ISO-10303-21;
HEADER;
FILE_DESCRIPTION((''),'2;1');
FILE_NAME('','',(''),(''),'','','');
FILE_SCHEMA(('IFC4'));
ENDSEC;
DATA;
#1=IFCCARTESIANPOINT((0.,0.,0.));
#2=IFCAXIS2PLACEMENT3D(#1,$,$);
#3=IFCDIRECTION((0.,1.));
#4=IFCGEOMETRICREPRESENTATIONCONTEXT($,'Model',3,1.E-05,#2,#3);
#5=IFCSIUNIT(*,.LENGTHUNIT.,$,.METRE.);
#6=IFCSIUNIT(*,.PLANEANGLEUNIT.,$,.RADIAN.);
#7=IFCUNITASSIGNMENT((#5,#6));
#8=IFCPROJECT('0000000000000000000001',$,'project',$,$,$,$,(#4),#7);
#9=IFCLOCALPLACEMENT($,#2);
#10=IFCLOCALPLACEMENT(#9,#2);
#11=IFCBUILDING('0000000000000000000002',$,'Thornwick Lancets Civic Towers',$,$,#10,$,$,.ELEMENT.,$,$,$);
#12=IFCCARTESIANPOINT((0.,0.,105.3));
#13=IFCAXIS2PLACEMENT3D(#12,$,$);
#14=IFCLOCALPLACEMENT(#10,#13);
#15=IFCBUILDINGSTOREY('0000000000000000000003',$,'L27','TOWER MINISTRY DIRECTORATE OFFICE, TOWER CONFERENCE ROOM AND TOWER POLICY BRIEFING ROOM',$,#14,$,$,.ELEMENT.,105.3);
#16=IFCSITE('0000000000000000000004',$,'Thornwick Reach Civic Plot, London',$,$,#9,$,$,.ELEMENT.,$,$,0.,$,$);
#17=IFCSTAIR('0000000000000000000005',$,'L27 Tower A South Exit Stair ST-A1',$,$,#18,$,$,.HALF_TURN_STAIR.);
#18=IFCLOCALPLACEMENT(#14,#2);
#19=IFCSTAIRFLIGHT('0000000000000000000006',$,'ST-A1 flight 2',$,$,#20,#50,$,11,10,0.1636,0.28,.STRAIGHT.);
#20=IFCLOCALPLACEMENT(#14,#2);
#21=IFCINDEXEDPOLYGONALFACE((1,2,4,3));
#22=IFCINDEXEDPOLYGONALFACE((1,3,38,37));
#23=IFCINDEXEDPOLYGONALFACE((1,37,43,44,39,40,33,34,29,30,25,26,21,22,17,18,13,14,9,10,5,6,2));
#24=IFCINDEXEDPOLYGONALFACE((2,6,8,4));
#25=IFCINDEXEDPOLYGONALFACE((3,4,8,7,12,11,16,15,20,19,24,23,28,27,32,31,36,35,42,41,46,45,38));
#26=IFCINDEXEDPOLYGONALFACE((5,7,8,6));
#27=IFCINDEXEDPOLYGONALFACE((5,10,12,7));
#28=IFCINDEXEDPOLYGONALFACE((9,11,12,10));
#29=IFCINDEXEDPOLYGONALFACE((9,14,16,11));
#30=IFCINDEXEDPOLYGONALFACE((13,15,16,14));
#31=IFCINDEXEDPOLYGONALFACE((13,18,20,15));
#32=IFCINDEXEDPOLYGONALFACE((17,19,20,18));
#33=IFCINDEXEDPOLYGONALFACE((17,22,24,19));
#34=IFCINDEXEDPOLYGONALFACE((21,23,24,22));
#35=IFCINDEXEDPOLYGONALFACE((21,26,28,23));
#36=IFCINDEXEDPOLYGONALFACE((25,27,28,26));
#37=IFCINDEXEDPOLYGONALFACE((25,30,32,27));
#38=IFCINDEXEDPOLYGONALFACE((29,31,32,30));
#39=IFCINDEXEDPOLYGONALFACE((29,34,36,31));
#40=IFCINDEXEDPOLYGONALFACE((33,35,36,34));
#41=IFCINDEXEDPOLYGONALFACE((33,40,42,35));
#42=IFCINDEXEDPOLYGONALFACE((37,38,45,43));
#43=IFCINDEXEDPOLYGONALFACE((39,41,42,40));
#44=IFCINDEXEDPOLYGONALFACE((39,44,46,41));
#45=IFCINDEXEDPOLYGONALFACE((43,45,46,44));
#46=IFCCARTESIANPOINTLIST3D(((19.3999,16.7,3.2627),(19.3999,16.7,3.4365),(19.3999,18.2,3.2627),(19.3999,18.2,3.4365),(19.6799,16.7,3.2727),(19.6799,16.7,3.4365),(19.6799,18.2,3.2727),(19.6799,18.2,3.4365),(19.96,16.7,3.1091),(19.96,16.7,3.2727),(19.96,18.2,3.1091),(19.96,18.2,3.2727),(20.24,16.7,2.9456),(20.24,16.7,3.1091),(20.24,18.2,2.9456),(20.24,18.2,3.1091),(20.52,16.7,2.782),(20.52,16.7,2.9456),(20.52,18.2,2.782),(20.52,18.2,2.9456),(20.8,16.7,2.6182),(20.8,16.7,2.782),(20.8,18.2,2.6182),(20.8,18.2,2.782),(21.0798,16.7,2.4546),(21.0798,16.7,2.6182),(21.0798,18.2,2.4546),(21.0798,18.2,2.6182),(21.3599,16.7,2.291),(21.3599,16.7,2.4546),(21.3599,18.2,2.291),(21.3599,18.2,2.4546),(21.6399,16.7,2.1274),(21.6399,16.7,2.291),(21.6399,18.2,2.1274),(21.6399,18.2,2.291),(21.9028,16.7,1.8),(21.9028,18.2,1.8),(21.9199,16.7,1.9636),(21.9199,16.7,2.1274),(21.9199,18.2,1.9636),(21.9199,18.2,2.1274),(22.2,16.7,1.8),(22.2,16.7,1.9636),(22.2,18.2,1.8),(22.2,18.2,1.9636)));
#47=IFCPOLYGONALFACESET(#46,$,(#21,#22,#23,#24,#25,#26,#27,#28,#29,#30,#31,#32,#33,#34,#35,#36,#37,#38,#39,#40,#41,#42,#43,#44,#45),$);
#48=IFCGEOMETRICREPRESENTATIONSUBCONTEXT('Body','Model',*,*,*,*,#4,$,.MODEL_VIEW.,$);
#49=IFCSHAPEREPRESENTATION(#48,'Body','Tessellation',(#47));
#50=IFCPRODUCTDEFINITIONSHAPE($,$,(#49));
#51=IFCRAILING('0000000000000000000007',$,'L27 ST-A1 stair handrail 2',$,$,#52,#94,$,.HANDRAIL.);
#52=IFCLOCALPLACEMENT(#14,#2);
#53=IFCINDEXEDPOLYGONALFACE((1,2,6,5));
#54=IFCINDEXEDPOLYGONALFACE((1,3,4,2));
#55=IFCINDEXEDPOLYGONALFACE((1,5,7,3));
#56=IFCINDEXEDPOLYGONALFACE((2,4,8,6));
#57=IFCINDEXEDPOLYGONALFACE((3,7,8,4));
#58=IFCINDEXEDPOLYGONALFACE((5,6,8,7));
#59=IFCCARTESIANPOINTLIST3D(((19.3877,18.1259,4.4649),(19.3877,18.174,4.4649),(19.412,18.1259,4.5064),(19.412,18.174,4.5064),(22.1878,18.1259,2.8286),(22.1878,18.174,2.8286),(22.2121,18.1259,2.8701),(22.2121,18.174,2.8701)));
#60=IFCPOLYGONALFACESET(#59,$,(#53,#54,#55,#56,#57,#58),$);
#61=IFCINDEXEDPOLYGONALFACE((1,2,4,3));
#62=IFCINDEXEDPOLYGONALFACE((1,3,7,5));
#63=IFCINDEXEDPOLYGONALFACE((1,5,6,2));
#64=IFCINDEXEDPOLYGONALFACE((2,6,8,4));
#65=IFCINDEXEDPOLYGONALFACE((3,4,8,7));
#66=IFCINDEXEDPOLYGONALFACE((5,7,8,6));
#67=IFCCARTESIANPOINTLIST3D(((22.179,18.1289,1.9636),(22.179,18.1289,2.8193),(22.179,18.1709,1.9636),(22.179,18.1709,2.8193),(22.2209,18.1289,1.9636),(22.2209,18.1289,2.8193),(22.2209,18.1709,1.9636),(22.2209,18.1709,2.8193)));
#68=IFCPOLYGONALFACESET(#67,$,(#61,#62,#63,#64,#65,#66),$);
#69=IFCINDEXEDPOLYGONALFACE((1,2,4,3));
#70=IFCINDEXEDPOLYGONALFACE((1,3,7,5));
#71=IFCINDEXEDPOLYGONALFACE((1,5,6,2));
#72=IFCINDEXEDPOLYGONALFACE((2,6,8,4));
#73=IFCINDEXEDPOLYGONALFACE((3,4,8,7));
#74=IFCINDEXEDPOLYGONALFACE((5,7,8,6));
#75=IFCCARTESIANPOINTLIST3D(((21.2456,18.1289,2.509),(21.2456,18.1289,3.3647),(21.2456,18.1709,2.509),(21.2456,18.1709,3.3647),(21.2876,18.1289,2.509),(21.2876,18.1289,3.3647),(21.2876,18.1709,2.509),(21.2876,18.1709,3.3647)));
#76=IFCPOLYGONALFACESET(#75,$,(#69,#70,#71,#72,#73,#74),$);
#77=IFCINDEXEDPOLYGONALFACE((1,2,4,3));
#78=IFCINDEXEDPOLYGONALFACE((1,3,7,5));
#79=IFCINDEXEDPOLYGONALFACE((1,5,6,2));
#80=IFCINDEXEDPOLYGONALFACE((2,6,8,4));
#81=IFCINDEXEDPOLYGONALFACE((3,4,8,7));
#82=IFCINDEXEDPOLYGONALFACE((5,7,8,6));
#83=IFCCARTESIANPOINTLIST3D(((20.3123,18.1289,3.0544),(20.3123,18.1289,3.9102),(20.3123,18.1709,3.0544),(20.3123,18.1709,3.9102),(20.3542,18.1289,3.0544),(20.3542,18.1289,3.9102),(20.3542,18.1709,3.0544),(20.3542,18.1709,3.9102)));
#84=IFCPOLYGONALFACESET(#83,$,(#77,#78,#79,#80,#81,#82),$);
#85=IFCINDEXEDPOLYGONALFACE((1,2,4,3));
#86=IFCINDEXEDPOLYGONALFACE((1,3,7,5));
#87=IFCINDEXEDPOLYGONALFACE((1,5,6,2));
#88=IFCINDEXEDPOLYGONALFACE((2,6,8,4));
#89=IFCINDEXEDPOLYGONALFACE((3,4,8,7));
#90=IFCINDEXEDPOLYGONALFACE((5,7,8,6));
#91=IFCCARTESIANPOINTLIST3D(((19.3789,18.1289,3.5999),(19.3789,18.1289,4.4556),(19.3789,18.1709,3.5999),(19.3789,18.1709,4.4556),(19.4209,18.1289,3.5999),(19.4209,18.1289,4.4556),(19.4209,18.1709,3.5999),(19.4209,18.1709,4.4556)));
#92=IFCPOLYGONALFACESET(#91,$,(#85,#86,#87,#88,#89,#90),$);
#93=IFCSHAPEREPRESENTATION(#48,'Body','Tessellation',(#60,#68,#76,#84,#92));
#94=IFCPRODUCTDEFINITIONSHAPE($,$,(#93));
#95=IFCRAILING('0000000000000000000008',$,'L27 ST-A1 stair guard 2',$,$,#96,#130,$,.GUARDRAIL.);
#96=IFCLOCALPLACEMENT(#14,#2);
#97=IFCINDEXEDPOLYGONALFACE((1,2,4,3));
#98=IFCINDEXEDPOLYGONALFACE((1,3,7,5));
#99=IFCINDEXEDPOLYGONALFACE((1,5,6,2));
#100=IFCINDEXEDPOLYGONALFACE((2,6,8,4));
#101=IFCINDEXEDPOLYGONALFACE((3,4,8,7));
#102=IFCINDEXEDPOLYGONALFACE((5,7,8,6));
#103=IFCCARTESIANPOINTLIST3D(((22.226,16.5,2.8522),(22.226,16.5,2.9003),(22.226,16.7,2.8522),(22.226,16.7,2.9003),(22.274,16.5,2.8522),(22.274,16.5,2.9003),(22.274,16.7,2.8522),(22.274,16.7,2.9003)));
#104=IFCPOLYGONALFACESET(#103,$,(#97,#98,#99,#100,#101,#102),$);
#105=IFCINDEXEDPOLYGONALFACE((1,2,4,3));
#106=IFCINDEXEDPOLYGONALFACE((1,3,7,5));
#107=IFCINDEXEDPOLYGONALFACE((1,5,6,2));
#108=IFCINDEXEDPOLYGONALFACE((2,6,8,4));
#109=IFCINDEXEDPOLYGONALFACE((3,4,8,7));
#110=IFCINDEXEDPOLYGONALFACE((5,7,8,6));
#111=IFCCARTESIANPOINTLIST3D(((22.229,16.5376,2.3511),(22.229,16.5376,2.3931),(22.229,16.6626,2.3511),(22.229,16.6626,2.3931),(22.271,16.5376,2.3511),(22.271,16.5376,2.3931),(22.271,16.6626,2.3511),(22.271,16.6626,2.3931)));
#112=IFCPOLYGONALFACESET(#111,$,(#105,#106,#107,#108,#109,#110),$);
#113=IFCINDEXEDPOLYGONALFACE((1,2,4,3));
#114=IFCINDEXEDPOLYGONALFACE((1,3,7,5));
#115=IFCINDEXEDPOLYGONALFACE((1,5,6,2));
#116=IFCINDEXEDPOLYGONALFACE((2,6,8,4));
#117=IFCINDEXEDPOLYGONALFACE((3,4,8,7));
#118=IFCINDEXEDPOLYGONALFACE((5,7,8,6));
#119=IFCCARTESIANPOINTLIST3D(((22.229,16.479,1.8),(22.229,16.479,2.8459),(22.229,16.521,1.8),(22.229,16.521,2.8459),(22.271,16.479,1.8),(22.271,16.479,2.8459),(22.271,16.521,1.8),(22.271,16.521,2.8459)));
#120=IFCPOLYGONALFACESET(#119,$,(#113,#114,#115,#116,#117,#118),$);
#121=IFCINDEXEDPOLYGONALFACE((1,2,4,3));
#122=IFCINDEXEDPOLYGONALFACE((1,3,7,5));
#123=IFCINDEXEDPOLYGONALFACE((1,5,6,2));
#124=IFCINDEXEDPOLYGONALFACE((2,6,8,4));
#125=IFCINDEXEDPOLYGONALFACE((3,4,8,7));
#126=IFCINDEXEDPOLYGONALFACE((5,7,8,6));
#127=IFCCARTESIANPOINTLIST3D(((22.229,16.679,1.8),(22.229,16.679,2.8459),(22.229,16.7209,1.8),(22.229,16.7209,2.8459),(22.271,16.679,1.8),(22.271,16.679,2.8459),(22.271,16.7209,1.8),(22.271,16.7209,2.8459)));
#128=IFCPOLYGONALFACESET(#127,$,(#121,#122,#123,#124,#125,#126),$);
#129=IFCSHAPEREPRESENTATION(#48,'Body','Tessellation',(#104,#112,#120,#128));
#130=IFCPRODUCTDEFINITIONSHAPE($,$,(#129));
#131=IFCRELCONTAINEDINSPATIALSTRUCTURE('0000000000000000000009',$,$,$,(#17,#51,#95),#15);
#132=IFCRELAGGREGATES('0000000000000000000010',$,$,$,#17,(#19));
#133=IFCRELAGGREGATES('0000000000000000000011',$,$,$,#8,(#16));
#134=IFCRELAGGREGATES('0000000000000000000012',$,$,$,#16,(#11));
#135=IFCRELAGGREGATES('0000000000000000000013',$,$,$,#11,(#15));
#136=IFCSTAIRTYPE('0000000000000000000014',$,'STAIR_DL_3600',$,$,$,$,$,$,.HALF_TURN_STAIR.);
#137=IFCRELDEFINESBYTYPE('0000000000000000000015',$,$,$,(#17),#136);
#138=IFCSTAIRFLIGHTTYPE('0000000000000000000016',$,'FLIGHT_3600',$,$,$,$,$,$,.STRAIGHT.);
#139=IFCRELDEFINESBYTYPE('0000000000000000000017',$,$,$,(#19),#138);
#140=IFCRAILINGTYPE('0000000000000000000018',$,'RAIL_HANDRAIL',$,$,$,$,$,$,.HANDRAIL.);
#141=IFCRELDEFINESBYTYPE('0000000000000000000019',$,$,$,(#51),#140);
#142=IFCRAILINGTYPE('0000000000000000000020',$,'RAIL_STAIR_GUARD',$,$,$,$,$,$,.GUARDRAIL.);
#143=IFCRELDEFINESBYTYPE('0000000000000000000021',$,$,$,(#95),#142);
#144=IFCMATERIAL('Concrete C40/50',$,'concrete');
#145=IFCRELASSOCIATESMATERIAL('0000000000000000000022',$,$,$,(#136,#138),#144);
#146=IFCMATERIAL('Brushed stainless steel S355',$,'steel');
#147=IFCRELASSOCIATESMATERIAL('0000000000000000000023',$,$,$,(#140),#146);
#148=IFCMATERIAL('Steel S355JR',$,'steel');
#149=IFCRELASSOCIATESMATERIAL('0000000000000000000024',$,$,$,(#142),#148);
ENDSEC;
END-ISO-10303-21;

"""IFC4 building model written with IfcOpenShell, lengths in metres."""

from ifc_helpers import new_model, si_unit, direction, frame, origin, origin_2d, place, context, subcontext, project, spatial, polyline, rectangle, outline, extrude, material, type_object, element, aggregate, save


model = new_model("IFC4")

# Units and contexts
model_context = context("Model", 3, precision=1e-05, world=origin(), true_north=direction((0.0, 1.0)))
body_context = subcontext(model_context, "Body", "Model", "MODEL_VIEW")
ifc_project = project(units=[si_unit("LENGTHUNIT", "METRE"), si_unit("PLANEANGLEUNIT", "RADIAN")], contexts=[model_context])

# Site, building, storey
site_placement = place(None, origin())
site = spatial("IfcSite", under=ifc_project, at=site_placement, Name="Thornwick Reach Civic Plot, London", CompositionType="ELEMENT", RefElevation=0.0)
building_placement = place(site_placement, origin())
building = spatial("IfcBuilding", under=site, at=building_placement, Name="Thornwick Lancets Civic Towers", CompositionType="ELEMENT")
storey_placement = place(building_placement, frame((0.0, 0.0, 105.3)))
storey = spatial("IfcBuildingStorey", under=building, at=storey_placement, Name="L27", Description="TOWER MINISTRY DIRECTORATE OFFICE, TOWER CONFERENCE ROOM AND TOWER POLICY BRIEFING ROOM", CompositionType="ELEMENT", Elevation=105.3)

# Shared definitions
ifc_material_1 = material(Name="Steel S355JR", Category="steel")
ifc_material_2 = material(Name="Concrete C40/50", Category="concrete")

# Stair, stair flight
stair_type = type_object("IfcStairType", Name="STAIR_DL_3600", PredefinedType="HALF_TURN_STAIR", material=ifc_material_2)
stair_placement = place(storey_placement, origin())
stair = element("IfcStair", 1, at=stair_placement, inside=storey, type_object=stair_type, Name="L27 Tower A South Exit Stair ST-A1", PredefinedType="HALF_TURN_STAIR")
stair_flight_type = type_object("IfcStairFlightType", Name="FLIGHT_3600", PredefinedType="STRAIGHT", material=ifc_material_2)
stair_flight_placement = place(storey_placement, frame((22.2, 17.45, 1.8), z_axis=(0.0, 0.0, 1.0), x_axis=(-1.0, 0.0, 0.0)))
stair_flight = element("IfcStairFlight", 2, at=stair_flight_placement, type_object=stair_flight_type, Name="ST-A1 flight 2", NumberOfRisers=11, NumberOfTreads=10, PredefinedType="STRAIGHT", RiserHeight=0.1636, TreadLength=0.28, context=body_context, shape_type="SweptSolid", body=[
    extrude(outline(polyline([(0.0, 0.0), (0.0, 0.1636), (0.28, 0.1636), (0.28, 0.3274), (0.5601, 0.3274), (0.5601, 0.491), (0.8401, 0.491), (0.8401, 0.6545), (1.1201, 0.6545), (1.1201, 0.8181), (1.3999, 0.8181), (1.3999, 0.9819), (1.6799, 0.9819), (1.6799, 1.1455), (1.96, 1.1455), (1.96, 1.3091), (2.24, 1.3091), (2.24, 1.4727), (2.52, 1.4727), (2.52, 1.6365), (2.8, 1.6365), (2.8, 1.8), (2.8, 1.4626), (0.2971, 0.0), (0.0, 0.0)])), frame((0.0, 0.75, 0.0), z_axis=(0.0, -1.0, 0.0), x_axis=(1.0, 0.0, 0.0)), (0.0, 0.0, 1.0), 1.5),
])
aggregate(stair, [stair_flight])

# Railings
ifc_material_3 = material(Name="Brushed stainless steel S355", Category="steel")
railing_type_1 = type_object("IfcRailingType", Name="RAIL_HANDRAIL", PredefinedType="HANDRAIL", material=ifc_material_3)
railing_1_placement = place(storey_placement, frame((22.2, 18.1499, 1.9636)))
element("IfcRailing", 3, at=railing_1_placement, inside=storey, type_object=railing_type_1, Name="L27 ST-A1 stair handrail 2", PredefinedType="HANDRAIL", context=body_context, shape_type="SweptSolid", body=[
    extrude(rectangle(XDim=0.0481, YDim=0.0481, at=origin_2d()), frame((0.0, 0.0, 0.8857), z_axis=(-0.863394, 0.0, 0.504531), x_axis=(0.0, -1.0, 0.0)), (0.0, 0.0, 1.0), 3.2432),
    extrude(rectangle(XDim=0.042, YDim=0.042, at=origin_2d()), origin(), (0.0, 0.0, 1.0), 0.8557),
    extrude(rectangle(XDim=0.042, YDim=0.042, at=origin_2d()), frame((-0.9333, 0.0, 0.5454)), (0.0, 0.0, 1.0), 0.8557),
    extrude(rectangle(XDim=0.042, YDim=0.042, at=origin_2d()), frame((-1.8667, 0.0, 1.0908)), (0.0, 0.0, 1.0), 0.8557),
    extrude(rectangle(XDim=0.042, YDim=0.042, at=origin_2d()), frame((-2.8, 0.0, 1.6362)), (0.0, 0.0, 1.0), 0.8557),
])
railing_type_2 = type_object("IfcRailingType", Name="RAIL_STAIR_GUARD", PredefinedType="GUARDRAIL", material=ifc_material_1)
railing_2_placement = place(storey_placement, frame((22.25, 16.5, 1.8)))
element("IfcRailing", 4, at=railing_2_placement, inside=storey, type_object=railing_type_2, Name="L27 ST-A1 stair guard 2", PredefinedType="GUARDRAIL", context=body_context, shape_type="SweptSolid", body=[
    extrude(rectangle(XDim=0.0481, YDim=0.0481, at=origin_2d()), frame((0.0, 0.0, 1.0762), z_axis=(0.0, 1.0, 0.0), x_axis=(-1.0, 0.0, 0.0)), (0.0, 0.0, 1.0), 0.2),
    extrude(rectangle(XDim=0.042, YDim=0.042, at=origin_2d()), frame((0.0, 0.0376, 0.572), z_axis=(0.0, 1.0, 0.0), x_axis=(-1.0, 0.0, 0.0)), (0.0, 0.0, 1.0), 0.125),
    extrude(rectangle(XDim=0.042, YDim=0.042, at=origin_2d()), origin(), (0.0, 0.0, 1.0), 1.0459),
    extrude(rectangle(XDim=0.042, YDim=0.042, at=origin_2d()), frame((0.0, 0.2, 0.0)), (0.0, 0.0, 1.0), 1.0459),
])

save(model, "model.ifc")
